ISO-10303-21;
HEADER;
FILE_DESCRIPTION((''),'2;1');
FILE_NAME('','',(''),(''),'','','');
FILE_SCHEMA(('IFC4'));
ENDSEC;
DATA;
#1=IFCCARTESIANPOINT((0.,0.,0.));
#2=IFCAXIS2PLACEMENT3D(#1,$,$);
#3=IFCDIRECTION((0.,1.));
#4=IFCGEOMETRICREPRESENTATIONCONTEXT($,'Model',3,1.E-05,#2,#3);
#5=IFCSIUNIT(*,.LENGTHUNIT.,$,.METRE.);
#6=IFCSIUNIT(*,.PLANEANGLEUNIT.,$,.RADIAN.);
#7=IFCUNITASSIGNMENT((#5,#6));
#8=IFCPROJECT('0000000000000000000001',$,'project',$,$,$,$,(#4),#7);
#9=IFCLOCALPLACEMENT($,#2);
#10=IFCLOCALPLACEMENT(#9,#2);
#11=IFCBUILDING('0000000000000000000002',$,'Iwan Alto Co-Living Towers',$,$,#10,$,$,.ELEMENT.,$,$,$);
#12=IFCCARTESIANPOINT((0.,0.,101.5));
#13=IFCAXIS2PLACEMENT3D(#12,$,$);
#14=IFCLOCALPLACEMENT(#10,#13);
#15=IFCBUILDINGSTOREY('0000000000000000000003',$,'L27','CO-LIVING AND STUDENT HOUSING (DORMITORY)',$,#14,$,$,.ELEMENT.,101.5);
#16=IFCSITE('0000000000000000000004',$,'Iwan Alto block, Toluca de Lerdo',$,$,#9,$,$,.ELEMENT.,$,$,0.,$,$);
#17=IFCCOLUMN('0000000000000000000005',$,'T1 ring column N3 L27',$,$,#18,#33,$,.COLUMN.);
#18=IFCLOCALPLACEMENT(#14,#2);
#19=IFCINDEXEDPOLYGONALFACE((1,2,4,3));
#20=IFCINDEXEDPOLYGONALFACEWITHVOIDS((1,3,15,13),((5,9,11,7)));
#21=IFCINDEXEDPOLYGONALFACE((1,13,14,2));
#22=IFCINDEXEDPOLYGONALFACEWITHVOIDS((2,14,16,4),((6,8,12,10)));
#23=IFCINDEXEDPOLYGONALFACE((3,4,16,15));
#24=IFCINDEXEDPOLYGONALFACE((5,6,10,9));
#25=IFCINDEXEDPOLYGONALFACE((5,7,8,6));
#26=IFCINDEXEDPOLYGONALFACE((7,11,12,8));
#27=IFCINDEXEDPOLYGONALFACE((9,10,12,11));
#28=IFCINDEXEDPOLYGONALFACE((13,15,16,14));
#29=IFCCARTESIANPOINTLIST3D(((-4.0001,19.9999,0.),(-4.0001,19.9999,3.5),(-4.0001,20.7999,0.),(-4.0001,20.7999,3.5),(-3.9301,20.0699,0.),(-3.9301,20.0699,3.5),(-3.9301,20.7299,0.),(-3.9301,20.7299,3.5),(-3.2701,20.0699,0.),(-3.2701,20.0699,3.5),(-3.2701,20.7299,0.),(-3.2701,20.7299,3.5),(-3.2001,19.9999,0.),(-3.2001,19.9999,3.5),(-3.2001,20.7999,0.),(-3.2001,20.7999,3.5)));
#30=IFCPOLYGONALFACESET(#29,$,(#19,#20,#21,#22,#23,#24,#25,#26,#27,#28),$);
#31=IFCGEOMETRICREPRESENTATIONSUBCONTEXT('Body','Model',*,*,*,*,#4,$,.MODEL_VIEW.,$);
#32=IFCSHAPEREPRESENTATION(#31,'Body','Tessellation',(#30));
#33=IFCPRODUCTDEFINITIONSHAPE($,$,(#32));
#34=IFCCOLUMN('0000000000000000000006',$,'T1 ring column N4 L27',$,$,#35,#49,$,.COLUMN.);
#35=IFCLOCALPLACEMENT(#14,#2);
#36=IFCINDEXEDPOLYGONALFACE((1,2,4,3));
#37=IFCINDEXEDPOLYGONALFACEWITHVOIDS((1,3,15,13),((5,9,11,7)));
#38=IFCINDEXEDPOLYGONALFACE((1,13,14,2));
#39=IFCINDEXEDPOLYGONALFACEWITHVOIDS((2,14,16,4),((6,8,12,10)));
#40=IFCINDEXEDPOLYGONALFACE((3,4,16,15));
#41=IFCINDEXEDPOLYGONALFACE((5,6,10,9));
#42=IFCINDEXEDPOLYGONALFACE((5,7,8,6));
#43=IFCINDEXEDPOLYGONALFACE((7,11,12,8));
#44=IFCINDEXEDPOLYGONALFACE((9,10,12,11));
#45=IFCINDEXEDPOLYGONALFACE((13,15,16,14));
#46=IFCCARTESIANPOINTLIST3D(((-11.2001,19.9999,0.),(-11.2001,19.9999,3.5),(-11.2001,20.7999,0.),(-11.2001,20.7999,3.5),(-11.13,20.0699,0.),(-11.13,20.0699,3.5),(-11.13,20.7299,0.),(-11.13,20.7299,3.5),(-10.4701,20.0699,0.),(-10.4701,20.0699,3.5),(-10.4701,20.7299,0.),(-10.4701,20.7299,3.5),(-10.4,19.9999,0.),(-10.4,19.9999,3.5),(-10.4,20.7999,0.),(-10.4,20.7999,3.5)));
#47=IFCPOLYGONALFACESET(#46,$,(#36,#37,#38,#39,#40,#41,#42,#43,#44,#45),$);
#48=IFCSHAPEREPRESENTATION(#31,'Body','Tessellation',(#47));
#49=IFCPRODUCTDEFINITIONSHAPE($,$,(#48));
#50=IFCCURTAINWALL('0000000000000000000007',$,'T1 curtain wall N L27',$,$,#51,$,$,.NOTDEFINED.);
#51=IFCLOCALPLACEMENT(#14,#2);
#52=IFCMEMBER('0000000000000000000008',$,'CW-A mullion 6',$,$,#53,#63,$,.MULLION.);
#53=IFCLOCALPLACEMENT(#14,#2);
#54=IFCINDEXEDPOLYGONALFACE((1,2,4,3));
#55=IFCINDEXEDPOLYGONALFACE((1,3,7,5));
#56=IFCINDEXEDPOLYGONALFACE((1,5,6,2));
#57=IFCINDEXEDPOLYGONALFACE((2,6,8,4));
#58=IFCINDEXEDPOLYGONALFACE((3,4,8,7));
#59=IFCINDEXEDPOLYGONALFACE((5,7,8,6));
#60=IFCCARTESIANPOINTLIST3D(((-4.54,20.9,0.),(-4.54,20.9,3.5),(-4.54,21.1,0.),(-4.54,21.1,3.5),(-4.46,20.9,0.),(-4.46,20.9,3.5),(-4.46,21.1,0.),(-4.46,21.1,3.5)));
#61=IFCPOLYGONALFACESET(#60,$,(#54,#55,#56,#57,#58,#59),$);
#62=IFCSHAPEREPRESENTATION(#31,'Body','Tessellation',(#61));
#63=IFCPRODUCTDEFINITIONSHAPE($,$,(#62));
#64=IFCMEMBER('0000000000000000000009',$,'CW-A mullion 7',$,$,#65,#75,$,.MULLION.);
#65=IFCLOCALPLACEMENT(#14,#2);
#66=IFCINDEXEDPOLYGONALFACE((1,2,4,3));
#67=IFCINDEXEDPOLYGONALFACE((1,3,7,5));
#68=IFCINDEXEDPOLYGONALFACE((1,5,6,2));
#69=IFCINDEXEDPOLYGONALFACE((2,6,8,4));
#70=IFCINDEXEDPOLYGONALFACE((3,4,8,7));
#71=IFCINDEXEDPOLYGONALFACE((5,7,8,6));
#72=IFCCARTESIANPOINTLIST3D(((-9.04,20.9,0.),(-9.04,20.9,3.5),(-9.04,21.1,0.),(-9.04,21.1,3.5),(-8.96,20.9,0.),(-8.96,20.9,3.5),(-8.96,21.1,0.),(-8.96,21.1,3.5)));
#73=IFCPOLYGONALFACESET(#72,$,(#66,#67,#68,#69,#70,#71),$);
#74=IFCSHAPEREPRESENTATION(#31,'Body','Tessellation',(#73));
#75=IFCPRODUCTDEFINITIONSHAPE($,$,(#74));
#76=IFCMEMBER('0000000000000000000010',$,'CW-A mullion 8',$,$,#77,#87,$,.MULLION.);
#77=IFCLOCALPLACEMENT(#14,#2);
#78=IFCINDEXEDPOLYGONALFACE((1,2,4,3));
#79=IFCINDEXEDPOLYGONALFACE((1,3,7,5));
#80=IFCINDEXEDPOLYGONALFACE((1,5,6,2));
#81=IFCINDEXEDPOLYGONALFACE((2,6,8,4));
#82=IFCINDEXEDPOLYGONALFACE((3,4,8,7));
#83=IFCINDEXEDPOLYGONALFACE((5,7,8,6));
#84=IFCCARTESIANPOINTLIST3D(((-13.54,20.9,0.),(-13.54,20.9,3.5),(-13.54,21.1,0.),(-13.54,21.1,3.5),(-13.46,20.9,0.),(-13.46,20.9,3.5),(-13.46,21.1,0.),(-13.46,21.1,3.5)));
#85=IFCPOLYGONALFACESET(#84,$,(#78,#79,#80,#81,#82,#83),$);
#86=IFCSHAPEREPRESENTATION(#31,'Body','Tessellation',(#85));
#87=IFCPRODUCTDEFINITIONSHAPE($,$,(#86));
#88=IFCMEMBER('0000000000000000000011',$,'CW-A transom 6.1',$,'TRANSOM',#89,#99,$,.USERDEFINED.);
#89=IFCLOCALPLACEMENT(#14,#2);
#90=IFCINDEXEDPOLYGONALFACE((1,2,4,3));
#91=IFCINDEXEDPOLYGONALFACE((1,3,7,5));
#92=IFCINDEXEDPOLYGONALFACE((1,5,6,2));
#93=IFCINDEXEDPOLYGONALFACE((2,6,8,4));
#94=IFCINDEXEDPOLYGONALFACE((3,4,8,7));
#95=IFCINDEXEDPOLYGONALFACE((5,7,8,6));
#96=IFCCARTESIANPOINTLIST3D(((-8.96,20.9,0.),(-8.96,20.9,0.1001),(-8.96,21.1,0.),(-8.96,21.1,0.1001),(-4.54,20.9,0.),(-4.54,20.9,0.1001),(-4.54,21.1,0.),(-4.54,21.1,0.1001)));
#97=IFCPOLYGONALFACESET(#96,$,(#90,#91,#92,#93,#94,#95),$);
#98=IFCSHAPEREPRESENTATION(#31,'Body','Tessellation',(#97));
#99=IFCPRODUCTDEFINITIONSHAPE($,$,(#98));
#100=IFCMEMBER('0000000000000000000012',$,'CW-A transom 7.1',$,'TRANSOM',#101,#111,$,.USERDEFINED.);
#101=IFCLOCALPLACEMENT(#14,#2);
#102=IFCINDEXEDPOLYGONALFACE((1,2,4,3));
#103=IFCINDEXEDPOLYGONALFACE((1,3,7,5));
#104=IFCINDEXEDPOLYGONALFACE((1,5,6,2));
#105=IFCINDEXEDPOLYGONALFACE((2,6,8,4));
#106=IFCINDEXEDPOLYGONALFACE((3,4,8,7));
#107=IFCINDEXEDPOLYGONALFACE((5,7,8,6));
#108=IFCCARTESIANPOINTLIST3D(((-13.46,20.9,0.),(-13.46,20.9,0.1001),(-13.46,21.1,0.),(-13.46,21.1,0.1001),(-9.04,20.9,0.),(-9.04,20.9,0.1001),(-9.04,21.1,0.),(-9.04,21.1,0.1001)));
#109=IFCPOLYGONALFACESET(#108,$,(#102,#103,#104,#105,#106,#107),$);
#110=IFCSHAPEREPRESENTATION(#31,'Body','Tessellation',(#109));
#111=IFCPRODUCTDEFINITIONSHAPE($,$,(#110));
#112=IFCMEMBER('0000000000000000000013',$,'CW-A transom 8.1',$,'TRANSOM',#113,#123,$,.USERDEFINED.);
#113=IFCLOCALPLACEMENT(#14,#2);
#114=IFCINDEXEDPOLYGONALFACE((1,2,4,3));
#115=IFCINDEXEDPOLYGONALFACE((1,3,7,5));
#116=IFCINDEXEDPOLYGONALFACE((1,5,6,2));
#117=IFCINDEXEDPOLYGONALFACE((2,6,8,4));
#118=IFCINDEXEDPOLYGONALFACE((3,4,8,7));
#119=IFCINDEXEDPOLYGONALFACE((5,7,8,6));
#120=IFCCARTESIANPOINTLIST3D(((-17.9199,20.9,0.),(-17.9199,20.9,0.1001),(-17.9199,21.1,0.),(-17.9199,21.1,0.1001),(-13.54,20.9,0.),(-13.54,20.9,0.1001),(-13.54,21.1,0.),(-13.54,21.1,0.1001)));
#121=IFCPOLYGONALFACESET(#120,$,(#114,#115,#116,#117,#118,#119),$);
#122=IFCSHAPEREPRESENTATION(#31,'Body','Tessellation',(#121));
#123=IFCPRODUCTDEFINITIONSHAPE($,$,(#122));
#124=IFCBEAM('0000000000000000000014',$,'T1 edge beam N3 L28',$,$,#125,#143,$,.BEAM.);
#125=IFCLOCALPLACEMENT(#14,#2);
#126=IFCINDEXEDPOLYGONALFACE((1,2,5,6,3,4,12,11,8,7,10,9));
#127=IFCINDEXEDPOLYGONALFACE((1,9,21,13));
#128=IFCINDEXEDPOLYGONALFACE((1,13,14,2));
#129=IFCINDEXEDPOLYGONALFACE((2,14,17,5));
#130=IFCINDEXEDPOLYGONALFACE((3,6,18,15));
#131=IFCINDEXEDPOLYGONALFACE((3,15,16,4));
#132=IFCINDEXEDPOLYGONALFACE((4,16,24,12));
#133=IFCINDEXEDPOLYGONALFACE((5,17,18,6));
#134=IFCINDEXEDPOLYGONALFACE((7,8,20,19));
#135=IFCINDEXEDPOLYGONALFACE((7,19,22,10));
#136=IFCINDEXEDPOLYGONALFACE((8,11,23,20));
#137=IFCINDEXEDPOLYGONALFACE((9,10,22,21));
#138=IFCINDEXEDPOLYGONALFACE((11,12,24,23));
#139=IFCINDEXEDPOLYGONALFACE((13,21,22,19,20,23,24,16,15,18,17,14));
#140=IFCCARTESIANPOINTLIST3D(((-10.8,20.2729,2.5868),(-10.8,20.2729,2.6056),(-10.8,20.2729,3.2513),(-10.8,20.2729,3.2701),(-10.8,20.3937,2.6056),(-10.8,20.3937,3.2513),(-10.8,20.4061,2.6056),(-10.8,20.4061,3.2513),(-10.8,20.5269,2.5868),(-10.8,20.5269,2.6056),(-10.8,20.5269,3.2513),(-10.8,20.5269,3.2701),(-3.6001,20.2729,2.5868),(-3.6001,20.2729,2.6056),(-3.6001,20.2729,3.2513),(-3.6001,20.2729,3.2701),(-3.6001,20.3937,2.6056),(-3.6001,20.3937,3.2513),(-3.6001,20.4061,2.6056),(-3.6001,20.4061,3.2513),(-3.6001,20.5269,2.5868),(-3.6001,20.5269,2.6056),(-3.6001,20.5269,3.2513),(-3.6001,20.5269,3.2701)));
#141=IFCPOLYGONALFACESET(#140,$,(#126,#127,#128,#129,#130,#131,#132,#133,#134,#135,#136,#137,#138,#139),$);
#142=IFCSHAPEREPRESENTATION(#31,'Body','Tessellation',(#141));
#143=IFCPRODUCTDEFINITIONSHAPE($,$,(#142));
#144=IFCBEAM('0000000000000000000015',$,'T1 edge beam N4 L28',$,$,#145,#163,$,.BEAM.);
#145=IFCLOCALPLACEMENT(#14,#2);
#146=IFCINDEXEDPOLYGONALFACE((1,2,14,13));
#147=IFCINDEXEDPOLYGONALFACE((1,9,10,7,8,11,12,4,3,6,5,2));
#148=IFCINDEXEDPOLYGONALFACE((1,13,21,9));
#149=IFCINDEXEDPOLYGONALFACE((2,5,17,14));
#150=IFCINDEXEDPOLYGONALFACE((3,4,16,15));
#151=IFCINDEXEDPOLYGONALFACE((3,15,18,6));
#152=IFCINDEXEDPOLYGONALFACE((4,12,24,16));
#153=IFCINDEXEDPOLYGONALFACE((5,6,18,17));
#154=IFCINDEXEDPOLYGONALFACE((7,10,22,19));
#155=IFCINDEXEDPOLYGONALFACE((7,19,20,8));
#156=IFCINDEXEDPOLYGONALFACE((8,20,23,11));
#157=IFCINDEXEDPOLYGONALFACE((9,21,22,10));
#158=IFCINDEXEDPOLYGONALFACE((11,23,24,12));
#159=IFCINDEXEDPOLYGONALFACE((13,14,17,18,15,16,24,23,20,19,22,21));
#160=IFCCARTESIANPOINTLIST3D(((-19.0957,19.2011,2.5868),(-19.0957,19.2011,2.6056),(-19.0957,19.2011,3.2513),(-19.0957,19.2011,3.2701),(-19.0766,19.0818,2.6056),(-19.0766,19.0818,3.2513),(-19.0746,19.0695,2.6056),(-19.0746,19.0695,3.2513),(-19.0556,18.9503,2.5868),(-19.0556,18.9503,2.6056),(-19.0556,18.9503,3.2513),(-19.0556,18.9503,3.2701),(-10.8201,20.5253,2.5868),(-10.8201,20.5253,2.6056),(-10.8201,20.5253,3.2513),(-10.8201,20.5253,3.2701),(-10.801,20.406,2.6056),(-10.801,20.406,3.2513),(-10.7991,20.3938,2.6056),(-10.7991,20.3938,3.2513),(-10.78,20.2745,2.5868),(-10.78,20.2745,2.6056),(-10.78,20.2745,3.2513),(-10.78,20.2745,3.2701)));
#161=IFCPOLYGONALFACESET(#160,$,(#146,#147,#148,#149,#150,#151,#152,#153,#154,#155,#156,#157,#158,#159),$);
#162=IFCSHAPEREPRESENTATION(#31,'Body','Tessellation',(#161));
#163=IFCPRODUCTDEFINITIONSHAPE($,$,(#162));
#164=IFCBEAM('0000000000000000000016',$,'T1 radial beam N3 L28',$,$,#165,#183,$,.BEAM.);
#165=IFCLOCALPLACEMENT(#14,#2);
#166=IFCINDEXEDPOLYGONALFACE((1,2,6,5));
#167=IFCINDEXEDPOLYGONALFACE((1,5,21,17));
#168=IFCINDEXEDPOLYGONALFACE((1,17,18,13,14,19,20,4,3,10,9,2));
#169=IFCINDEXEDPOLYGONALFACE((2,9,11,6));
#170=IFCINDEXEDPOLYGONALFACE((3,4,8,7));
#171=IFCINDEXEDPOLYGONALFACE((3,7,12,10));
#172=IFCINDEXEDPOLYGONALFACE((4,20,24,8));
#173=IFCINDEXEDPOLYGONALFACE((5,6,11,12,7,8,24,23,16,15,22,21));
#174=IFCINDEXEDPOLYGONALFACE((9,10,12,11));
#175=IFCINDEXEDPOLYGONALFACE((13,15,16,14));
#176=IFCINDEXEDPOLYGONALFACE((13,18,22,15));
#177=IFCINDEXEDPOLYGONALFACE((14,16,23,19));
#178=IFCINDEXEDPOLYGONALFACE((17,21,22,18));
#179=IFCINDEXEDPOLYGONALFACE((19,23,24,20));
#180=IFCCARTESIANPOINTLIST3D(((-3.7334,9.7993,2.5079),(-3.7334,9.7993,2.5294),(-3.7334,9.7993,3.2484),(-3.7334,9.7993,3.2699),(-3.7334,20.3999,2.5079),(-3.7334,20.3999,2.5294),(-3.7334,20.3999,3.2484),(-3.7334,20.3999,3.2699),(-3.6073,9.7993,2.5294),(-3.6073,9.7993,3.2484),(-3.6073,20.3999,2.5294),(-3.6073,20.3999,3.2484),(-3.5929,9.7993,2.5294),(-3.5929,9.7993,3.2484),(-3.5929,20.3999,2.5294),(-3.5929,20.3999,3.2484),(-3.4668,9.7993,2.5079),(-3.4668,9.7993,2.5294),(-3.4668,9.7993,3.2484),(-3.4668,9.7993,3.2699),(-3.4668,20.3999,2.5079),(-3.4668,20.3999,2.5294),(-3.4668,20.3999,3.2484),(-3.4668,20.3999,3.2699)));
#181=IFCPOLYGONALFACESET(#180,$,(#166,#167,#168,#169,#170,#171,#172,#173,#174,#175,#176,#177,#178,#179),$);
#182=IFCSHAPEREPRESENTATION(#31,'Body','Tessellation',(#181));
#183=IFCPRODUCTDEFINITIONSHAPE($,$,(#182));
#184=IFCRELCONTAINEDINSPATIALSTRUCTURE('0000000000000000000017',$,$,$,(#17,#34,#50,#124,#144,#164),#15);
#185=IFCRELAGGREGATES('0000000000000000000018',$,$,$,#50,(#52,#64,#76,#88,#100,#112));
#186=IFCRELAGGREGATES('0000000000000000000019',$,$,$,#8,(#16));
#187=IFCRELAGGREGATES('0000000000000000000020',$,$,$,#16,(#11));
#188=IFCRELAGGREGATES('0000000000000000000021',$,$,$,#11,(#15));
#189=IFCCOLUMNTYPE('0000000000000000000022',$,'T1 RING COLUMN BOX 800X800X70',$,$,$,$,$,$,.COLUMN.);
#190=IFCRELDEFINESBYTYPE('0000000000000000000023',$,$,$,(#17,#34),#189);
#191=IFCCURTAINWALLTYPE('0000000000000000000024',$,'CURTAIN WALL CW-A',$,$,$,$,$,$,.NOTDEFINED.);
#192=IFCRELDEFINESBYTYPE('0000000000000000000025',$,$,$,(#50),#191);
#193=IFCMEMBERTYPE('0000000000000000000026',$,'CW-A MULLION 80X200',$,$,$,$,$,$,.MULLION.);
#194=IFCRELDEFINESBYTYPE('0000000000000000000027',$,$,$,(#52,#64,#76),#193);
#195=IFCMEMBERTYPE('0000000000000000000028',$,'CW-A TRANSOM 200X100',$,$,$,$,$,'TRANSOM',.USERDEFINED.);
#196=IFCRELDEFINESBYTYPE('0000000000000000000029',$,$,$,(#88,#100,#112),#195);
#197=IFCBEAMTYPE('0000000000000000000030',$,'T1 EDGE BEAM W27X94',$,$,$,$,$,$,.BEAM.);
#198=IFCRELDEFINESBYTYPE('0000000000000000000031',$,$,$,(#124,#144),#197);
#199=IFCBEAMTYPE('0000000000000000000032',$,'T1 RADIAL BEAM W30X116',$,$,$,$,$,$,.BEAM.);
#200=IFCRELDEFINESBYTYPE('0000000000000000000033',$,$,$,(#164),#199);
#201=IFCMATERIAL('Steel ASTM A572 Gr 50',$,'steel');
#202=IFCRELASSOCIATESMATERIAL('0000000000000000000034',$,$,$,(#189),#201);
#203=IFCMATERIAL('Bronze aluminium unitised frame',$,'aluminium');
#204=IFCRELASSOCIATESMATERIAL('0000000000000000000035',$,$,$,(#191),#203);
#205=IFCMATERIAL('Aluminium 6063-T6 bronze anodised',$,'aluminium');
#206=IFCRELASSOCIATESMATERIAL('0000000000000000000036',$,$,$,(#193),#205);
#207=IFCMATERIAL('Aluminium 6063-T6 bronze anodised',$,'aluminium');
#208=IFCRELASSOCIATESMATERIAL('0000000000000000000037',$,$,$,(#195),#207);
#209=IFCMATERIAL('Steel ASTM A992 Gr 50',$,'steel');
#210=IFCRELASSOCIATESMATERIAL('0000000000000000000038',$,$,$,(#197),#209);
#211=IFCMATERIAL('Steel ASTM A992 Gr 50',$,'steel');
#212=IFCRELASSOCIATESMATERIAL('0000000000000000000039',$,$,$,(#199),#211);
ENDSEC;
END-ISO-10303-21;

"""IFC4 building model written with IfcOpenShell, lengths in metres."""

from ifc_helpers import new_model, si_unit, direction, frame, origin, origin_2d, place, context, subcontext, project, spatial, rectangle, hollow_rectangle, i_section, extrude, material, material_profile, profile_set, type_object, element, aggregate, save


model = new_model("IFC4")

# Units and contexts
model_context = context("Model", 3, precision=1e-05, world=origin(), true_north=direction((0.0, 1.0)))
body_context = subcontext(model_context, "Body", "Model", "MODEL_VIEW")
ifc_project = project(units=[si_unit("LENGTHUNIT", "METRE"), si_unit("PLANEANGLEUNIT", "RADIAN")], contexts=[model_context])

# Site, building, storey
site_placement = place(None, origin())
site = spatial("IfcSite", under=ifc_project, at=site_placement, Name="Iwan Alto block, Toluca de Lerdo", CompositionType="ELEMENT", RefElevation=0.0)
building_placement = place(site_placement, origin())
building = spatial("IfcBuilding", under=site, at=building_placement, Name="Iwan Alto Co-Living Towers", CompositionType="ELEMENT")
storey_placement = place(building_placement, frame((0.0, 0.0, 101.5)))
storey = spatial("IfcBuildingStorey", under=building, at=storey_placement, Name="L27", Description="CO-LIVING AND STUDENT HOUSING (DORMITORY)", CompositionType="ELEMENT", Elevation=101.5)

# Columns
ifc_material_1 = material(Name="Steel ASTM A572 Gr 50", Category="steel")
ifc_material_profile_1 = material_profile(ifc_material_1, hollow_rectangle(XDim=0.8, YDim=0.8, WallThickness=0.0701, at=origin_2d()), Name="BOX 800X800X70")
ifc_profile_set_1 = profile_set([ifc_material_profile_1], Name="Steel ASTM A572 Gr 50")
column_type = type_object("IfcColumnType", Name="T1 RING COLUMN BOX 800X800X70", PredefinedType="COLUMN", material=ifc_profile_set_1)
for number, where, z_axis, x_axis, name in (
    (1, (-3.6001, 20.3999, 0.0), (0.0, 0.0, 1.0), (1.0, 0.0, 0.0), "T1 ring column N3 L27"),
    (2, (-10.8, 20.3999, 0.0), (0.0, 0.0, 1.0), (1.0, 0.0, 0.0), "T1 ring column N4 L27"),
):
    element("IfcColumn", number, at=place(storey_placement, frame(where, z_axis=z_axis, x_axis=x_axis)), inside=storey, type_object=column_type, Name=name, PredefinedType="COLUMN", context=body_context, shape_type="SweptSolid", body=[
        extrude(hollow_rectangle(XDim=0.8, YDim=0.8, WallThickness=0.0701, at=origin_2d()), origin(), (0.0, 0.0, 1.0), 3.5),
    ])

# Curtain wall, members
ifc_material_2 = material(Name="Bronze aluminium unitised frame", Category="aluminium")
curtain_wall_type = type_object("IfcCurtainWallType", Name="CURTAIN WALL CW-A", PredefinedType="NOTDEFINED", material=ifc_material_2)
curtain_wall_placement = place(storey_placement, origin())
curtain_wall = element("IfcCurtainWall", 3, at=curtain_wall_placement, inside=storey, type_object=curtain_wall_type, Name="T1 curtain wall N L27", PredefinedType="NOTDEFINED")
ifc_material_3 = material(Name="Aluminium 6063-T6 bronze anodised", Category="aluminium")
ifc_material_profile_2 = material_profile(ifc_material_3, rectangle(XDim=0.2, YDim=0.0801, at=origin_2d()), Name="AL 80X200")
ifc_profile_set_2 = profile_set([ifc_material_profile_2], Name="Aluminium 6063-T6 bronze anodised")
member_type_1 = type_object("IfcMemberType", Name="CW-A MULLION 80X200", PredefinedType="MULLION", material=ifc_profile_set_2)
member_1_placement = place(storey_placement, frame((-4.5, 21.0, 0.0), z_axis=(0.0, 0.0, 1.0), x_axis=(0.0, -1.0, 0.0)))
member_1 = element("IfcMember", 4, at=member_1_placement, type_object=member_type_1, Name="CW-A mullion 6", PredefinedType="MULLION", context=body_context, shape_type="SweptSolid", body=[
    extrude(rectangle(XDim=0.2, YDim=0.0801, at=origin_2d()), origin(), (0.0, 0.0, 1.0), 3.5),
])
member_2_placement = place(storey_placement, frame((-9.0, 21.0, 0.0), z_axis=(0.0, 0.0, 1.0), x_axis=(0.0, -1.0, 0.0)))
member_2 = element("IfcMember", 5, at=member_2_placement, type_object=member_type_1, Name="CW-A mullion 7", PredefinedType="MULLION", context=body_context, shape_type="SweptSolid", body=[
    extrude(rectangle(XDim=0.2, YDim=0.0801, at=origin_2d()), origin(), (0.0, 0.0, 1.0), 3.5),
])
member_3_placement = place(storey_placement, frame((-13.5, 21.0, 0.0), z_axis=(0.0, 0.0, 1.0), x_axis=(0.0, -1.0, 0.0)))
member_3 = element("IfcMember", 6, at=member_3_placement, type_object=member_type_1, Name="CW-A mullion 8", PredefinedType="MULLION", context=body_context, shape_type="SweptSolid", body=[
    extrude(rectangle(XDim=0.2, YDim=0.0801, at=origin_2d()), origin(), (0.0, 0.0, 1.0), 3.5),
])
ifc_material_4 = material(Name="Aluminium 6063-T6 bronze anodised", Category="aluminium")
ifc_material_profile_3 = material_profile(ifc_material_4, rectangle(XDim=0.2, YDim=0.1001, at=origin_2d()), Name="AL 200X100")
ifc_profile_set_3 = profile_set([ifc_material_profile_3], Name="Aluminium 6063-T6 bronze anodised")
member_type_2 = type_object("IfcMemberType", Name="CW-A TRANSOM 200X100", ElementType="TRANSOM", PredefinedType="USERDEFINED", material=ifc_profile_set_3)
member_4_placement = place(storey_placement, frame((-4.54, 21.0, 0.05), z_axis=(-1.0, 0.0, 0.0), x_axis=(0.0, -1.0, 0.0)))
member_4 = element("IfcMember", 7, at=member_4_placement, type_object=member_type_2, Name="CW-A transom 6.1", ObjectType="TRANSOM", PredefinedType="USERDEFINED", context=body_context, shape_type="SweptSolid", body=[
    extrude(rectangle(XDim=0.2, YDim=0.1001, at=origin_2d()), origin(), (0.0, 0.0, 1.0), 4.4199),
])
member_5_placement = place(storey_placement, frame((-9.04, 21.0, 0.05), z_axis=(-1.0, 0.0, 0.0), x_axis=(0.0, -1.0, 0.0)))
member_5 = element("IfcMember", 8, at=member_5_placement, type_object=member_type_2, Name="CW-A transom 7.1", ObjectType="TRANSOM", PredefinedType="USERDEFINED", context=body_context, shape_type="SweptSolid", body=[
    extrude(rectangle(XDim=0.2, YDim=0.1001, at=origin_2d()), origin(), (0.0, 0.0, 1.0), 4.4199),
])
member_6_placement = place(storey_placement, frame((-13.54, 21.0, 0.05), z_axis=(-1.0, 0.0, 0.0), x_axis=(0.0, -1.0, 0.0)))
member_6 = element("IfcMember", 9, at=member_6_placement, type_object=member_type_2, Name="CW-A transom 8.1", ObjectType="TRANSOM", PredefinedType="USERDEFINED", context=body_context, shape_type="SweptSolid", body=[
    extrude(rectangle(XDim=0.2, YDim=0.1001, at=origin_2d()), origin(), (0.0, 0.0, 1.0), 4.3799),
])

# Beams
ifc_material_5 = material(Name="Steel ASTM A992 Gr 50", Category="steel")
ifc_material_profile_4 = material_profile(ifc_material_5, i_section(OverallWidth=0.2539, OverallDepth=0.6833, WebThickness=0.0125, FlangeThickness=0.0188, at=origin_2d()), Name="W27X94")
ifc_profile_set_4 = profile_set([ifc_material_profile_4], Name="Steel ASTM A992 Gr 50")
beam_type_1 = type_object("IfcBeamType", Name="T1 EDGE BEAM W27X94", PredefinedType="BEAM", material=ifc_profile_set_4)
beam_1_placement = place(storey_placement, frame((-3.6001, 20.3999, 2.9285), z_axis=(-1.0, 0.0, 0.0), x_axis=(0.0, -1.0, 0.0)))
element("IfcBeam", 10, at=beam_1_placement, inside=storey, type_object=beam_type_1, Name="T1 edge beam N3 L28", PredefinedType="BEAM", context=body_context, shape_type="SweptSolid", body=[
    extrude(i_section(OverallWidth=0.2539, OverallDepth=0.6833, WebThickness=0.0125, FlangeThickness=0.0188, at=origin_2d()), origin(), (0.0, 0.0, 1.0), 7.2),
])
beam_2_placement = place(storey_placement, frame((-10.8, 20.3999, 2.9285), z_axis=(-0.987438, -0.158004, 0.0), x_axis=(0.158004, -0.987438, 0.0)))
element("IfcBeam", 11, at=beam_2_placement, inside=storey, type_object=beam_type_1, Name="T1 edge beam N4 L28", PredefinedType="BEAM", context=body_context, shape_type="SweptSolid", body=[
    extrude(i_section(OverallWidth=0.2539, OverallDepth=0.6833, WebThickness=0.0125, FlangeThickness=0.0188, at=origin_2d()), origin(), (0.0, 0.0, 1.0), 8.3809),
])
ifc_material_6 = material(Name="Steel ASTM A992 Gr 50", Category="steel")
ifc_material_profile_5 = material_profile(ifc_material_6, i_section(OverallWidth=0.2666, OverallDepth=0.762, WebThickness=0.0144, FlangeThickness=0.0215, at=origin_2d()), Name="W30X116")
ifc_profile_set_5 = profile_set([ifc_material_profile_5], Name="Steel ASTM A992 Gr 50")
beam_type_2 = type_object("IfcBeamType", Name="T1 RADIAL BEAM W30X116", PredefinedType="BEAM", material=ifc_profile_set_5)
beam_3_placement = place(storey_placement, frame((-3.6001, 20.3999, 2.8889), z_axis=(0.0, -1.0, 0.0), x_axis=(1.0, 0.0, 0.0)))
element("IfcBeam", 12, at=beam_3_placement, inside=storey, type_object=beam_type_2, Name="T1 radial beam N3 L28", PredefinedType="BEAM", context=body_context, shape_type="SweptSolid", body=[
    extrude(i_section(OverallWidth=0.2666, OverallDepth=0.762, WebThickness=0.0144, FlangeThickness=0.0215, at=origin_2d()), origin(), (0.0, 0.0, 1.0), 10.6006),
])

aggregate(curtain_wall, [member_1, member_2, member_3, member_4, member_5, member_6])

save(model, "model.ifc")
